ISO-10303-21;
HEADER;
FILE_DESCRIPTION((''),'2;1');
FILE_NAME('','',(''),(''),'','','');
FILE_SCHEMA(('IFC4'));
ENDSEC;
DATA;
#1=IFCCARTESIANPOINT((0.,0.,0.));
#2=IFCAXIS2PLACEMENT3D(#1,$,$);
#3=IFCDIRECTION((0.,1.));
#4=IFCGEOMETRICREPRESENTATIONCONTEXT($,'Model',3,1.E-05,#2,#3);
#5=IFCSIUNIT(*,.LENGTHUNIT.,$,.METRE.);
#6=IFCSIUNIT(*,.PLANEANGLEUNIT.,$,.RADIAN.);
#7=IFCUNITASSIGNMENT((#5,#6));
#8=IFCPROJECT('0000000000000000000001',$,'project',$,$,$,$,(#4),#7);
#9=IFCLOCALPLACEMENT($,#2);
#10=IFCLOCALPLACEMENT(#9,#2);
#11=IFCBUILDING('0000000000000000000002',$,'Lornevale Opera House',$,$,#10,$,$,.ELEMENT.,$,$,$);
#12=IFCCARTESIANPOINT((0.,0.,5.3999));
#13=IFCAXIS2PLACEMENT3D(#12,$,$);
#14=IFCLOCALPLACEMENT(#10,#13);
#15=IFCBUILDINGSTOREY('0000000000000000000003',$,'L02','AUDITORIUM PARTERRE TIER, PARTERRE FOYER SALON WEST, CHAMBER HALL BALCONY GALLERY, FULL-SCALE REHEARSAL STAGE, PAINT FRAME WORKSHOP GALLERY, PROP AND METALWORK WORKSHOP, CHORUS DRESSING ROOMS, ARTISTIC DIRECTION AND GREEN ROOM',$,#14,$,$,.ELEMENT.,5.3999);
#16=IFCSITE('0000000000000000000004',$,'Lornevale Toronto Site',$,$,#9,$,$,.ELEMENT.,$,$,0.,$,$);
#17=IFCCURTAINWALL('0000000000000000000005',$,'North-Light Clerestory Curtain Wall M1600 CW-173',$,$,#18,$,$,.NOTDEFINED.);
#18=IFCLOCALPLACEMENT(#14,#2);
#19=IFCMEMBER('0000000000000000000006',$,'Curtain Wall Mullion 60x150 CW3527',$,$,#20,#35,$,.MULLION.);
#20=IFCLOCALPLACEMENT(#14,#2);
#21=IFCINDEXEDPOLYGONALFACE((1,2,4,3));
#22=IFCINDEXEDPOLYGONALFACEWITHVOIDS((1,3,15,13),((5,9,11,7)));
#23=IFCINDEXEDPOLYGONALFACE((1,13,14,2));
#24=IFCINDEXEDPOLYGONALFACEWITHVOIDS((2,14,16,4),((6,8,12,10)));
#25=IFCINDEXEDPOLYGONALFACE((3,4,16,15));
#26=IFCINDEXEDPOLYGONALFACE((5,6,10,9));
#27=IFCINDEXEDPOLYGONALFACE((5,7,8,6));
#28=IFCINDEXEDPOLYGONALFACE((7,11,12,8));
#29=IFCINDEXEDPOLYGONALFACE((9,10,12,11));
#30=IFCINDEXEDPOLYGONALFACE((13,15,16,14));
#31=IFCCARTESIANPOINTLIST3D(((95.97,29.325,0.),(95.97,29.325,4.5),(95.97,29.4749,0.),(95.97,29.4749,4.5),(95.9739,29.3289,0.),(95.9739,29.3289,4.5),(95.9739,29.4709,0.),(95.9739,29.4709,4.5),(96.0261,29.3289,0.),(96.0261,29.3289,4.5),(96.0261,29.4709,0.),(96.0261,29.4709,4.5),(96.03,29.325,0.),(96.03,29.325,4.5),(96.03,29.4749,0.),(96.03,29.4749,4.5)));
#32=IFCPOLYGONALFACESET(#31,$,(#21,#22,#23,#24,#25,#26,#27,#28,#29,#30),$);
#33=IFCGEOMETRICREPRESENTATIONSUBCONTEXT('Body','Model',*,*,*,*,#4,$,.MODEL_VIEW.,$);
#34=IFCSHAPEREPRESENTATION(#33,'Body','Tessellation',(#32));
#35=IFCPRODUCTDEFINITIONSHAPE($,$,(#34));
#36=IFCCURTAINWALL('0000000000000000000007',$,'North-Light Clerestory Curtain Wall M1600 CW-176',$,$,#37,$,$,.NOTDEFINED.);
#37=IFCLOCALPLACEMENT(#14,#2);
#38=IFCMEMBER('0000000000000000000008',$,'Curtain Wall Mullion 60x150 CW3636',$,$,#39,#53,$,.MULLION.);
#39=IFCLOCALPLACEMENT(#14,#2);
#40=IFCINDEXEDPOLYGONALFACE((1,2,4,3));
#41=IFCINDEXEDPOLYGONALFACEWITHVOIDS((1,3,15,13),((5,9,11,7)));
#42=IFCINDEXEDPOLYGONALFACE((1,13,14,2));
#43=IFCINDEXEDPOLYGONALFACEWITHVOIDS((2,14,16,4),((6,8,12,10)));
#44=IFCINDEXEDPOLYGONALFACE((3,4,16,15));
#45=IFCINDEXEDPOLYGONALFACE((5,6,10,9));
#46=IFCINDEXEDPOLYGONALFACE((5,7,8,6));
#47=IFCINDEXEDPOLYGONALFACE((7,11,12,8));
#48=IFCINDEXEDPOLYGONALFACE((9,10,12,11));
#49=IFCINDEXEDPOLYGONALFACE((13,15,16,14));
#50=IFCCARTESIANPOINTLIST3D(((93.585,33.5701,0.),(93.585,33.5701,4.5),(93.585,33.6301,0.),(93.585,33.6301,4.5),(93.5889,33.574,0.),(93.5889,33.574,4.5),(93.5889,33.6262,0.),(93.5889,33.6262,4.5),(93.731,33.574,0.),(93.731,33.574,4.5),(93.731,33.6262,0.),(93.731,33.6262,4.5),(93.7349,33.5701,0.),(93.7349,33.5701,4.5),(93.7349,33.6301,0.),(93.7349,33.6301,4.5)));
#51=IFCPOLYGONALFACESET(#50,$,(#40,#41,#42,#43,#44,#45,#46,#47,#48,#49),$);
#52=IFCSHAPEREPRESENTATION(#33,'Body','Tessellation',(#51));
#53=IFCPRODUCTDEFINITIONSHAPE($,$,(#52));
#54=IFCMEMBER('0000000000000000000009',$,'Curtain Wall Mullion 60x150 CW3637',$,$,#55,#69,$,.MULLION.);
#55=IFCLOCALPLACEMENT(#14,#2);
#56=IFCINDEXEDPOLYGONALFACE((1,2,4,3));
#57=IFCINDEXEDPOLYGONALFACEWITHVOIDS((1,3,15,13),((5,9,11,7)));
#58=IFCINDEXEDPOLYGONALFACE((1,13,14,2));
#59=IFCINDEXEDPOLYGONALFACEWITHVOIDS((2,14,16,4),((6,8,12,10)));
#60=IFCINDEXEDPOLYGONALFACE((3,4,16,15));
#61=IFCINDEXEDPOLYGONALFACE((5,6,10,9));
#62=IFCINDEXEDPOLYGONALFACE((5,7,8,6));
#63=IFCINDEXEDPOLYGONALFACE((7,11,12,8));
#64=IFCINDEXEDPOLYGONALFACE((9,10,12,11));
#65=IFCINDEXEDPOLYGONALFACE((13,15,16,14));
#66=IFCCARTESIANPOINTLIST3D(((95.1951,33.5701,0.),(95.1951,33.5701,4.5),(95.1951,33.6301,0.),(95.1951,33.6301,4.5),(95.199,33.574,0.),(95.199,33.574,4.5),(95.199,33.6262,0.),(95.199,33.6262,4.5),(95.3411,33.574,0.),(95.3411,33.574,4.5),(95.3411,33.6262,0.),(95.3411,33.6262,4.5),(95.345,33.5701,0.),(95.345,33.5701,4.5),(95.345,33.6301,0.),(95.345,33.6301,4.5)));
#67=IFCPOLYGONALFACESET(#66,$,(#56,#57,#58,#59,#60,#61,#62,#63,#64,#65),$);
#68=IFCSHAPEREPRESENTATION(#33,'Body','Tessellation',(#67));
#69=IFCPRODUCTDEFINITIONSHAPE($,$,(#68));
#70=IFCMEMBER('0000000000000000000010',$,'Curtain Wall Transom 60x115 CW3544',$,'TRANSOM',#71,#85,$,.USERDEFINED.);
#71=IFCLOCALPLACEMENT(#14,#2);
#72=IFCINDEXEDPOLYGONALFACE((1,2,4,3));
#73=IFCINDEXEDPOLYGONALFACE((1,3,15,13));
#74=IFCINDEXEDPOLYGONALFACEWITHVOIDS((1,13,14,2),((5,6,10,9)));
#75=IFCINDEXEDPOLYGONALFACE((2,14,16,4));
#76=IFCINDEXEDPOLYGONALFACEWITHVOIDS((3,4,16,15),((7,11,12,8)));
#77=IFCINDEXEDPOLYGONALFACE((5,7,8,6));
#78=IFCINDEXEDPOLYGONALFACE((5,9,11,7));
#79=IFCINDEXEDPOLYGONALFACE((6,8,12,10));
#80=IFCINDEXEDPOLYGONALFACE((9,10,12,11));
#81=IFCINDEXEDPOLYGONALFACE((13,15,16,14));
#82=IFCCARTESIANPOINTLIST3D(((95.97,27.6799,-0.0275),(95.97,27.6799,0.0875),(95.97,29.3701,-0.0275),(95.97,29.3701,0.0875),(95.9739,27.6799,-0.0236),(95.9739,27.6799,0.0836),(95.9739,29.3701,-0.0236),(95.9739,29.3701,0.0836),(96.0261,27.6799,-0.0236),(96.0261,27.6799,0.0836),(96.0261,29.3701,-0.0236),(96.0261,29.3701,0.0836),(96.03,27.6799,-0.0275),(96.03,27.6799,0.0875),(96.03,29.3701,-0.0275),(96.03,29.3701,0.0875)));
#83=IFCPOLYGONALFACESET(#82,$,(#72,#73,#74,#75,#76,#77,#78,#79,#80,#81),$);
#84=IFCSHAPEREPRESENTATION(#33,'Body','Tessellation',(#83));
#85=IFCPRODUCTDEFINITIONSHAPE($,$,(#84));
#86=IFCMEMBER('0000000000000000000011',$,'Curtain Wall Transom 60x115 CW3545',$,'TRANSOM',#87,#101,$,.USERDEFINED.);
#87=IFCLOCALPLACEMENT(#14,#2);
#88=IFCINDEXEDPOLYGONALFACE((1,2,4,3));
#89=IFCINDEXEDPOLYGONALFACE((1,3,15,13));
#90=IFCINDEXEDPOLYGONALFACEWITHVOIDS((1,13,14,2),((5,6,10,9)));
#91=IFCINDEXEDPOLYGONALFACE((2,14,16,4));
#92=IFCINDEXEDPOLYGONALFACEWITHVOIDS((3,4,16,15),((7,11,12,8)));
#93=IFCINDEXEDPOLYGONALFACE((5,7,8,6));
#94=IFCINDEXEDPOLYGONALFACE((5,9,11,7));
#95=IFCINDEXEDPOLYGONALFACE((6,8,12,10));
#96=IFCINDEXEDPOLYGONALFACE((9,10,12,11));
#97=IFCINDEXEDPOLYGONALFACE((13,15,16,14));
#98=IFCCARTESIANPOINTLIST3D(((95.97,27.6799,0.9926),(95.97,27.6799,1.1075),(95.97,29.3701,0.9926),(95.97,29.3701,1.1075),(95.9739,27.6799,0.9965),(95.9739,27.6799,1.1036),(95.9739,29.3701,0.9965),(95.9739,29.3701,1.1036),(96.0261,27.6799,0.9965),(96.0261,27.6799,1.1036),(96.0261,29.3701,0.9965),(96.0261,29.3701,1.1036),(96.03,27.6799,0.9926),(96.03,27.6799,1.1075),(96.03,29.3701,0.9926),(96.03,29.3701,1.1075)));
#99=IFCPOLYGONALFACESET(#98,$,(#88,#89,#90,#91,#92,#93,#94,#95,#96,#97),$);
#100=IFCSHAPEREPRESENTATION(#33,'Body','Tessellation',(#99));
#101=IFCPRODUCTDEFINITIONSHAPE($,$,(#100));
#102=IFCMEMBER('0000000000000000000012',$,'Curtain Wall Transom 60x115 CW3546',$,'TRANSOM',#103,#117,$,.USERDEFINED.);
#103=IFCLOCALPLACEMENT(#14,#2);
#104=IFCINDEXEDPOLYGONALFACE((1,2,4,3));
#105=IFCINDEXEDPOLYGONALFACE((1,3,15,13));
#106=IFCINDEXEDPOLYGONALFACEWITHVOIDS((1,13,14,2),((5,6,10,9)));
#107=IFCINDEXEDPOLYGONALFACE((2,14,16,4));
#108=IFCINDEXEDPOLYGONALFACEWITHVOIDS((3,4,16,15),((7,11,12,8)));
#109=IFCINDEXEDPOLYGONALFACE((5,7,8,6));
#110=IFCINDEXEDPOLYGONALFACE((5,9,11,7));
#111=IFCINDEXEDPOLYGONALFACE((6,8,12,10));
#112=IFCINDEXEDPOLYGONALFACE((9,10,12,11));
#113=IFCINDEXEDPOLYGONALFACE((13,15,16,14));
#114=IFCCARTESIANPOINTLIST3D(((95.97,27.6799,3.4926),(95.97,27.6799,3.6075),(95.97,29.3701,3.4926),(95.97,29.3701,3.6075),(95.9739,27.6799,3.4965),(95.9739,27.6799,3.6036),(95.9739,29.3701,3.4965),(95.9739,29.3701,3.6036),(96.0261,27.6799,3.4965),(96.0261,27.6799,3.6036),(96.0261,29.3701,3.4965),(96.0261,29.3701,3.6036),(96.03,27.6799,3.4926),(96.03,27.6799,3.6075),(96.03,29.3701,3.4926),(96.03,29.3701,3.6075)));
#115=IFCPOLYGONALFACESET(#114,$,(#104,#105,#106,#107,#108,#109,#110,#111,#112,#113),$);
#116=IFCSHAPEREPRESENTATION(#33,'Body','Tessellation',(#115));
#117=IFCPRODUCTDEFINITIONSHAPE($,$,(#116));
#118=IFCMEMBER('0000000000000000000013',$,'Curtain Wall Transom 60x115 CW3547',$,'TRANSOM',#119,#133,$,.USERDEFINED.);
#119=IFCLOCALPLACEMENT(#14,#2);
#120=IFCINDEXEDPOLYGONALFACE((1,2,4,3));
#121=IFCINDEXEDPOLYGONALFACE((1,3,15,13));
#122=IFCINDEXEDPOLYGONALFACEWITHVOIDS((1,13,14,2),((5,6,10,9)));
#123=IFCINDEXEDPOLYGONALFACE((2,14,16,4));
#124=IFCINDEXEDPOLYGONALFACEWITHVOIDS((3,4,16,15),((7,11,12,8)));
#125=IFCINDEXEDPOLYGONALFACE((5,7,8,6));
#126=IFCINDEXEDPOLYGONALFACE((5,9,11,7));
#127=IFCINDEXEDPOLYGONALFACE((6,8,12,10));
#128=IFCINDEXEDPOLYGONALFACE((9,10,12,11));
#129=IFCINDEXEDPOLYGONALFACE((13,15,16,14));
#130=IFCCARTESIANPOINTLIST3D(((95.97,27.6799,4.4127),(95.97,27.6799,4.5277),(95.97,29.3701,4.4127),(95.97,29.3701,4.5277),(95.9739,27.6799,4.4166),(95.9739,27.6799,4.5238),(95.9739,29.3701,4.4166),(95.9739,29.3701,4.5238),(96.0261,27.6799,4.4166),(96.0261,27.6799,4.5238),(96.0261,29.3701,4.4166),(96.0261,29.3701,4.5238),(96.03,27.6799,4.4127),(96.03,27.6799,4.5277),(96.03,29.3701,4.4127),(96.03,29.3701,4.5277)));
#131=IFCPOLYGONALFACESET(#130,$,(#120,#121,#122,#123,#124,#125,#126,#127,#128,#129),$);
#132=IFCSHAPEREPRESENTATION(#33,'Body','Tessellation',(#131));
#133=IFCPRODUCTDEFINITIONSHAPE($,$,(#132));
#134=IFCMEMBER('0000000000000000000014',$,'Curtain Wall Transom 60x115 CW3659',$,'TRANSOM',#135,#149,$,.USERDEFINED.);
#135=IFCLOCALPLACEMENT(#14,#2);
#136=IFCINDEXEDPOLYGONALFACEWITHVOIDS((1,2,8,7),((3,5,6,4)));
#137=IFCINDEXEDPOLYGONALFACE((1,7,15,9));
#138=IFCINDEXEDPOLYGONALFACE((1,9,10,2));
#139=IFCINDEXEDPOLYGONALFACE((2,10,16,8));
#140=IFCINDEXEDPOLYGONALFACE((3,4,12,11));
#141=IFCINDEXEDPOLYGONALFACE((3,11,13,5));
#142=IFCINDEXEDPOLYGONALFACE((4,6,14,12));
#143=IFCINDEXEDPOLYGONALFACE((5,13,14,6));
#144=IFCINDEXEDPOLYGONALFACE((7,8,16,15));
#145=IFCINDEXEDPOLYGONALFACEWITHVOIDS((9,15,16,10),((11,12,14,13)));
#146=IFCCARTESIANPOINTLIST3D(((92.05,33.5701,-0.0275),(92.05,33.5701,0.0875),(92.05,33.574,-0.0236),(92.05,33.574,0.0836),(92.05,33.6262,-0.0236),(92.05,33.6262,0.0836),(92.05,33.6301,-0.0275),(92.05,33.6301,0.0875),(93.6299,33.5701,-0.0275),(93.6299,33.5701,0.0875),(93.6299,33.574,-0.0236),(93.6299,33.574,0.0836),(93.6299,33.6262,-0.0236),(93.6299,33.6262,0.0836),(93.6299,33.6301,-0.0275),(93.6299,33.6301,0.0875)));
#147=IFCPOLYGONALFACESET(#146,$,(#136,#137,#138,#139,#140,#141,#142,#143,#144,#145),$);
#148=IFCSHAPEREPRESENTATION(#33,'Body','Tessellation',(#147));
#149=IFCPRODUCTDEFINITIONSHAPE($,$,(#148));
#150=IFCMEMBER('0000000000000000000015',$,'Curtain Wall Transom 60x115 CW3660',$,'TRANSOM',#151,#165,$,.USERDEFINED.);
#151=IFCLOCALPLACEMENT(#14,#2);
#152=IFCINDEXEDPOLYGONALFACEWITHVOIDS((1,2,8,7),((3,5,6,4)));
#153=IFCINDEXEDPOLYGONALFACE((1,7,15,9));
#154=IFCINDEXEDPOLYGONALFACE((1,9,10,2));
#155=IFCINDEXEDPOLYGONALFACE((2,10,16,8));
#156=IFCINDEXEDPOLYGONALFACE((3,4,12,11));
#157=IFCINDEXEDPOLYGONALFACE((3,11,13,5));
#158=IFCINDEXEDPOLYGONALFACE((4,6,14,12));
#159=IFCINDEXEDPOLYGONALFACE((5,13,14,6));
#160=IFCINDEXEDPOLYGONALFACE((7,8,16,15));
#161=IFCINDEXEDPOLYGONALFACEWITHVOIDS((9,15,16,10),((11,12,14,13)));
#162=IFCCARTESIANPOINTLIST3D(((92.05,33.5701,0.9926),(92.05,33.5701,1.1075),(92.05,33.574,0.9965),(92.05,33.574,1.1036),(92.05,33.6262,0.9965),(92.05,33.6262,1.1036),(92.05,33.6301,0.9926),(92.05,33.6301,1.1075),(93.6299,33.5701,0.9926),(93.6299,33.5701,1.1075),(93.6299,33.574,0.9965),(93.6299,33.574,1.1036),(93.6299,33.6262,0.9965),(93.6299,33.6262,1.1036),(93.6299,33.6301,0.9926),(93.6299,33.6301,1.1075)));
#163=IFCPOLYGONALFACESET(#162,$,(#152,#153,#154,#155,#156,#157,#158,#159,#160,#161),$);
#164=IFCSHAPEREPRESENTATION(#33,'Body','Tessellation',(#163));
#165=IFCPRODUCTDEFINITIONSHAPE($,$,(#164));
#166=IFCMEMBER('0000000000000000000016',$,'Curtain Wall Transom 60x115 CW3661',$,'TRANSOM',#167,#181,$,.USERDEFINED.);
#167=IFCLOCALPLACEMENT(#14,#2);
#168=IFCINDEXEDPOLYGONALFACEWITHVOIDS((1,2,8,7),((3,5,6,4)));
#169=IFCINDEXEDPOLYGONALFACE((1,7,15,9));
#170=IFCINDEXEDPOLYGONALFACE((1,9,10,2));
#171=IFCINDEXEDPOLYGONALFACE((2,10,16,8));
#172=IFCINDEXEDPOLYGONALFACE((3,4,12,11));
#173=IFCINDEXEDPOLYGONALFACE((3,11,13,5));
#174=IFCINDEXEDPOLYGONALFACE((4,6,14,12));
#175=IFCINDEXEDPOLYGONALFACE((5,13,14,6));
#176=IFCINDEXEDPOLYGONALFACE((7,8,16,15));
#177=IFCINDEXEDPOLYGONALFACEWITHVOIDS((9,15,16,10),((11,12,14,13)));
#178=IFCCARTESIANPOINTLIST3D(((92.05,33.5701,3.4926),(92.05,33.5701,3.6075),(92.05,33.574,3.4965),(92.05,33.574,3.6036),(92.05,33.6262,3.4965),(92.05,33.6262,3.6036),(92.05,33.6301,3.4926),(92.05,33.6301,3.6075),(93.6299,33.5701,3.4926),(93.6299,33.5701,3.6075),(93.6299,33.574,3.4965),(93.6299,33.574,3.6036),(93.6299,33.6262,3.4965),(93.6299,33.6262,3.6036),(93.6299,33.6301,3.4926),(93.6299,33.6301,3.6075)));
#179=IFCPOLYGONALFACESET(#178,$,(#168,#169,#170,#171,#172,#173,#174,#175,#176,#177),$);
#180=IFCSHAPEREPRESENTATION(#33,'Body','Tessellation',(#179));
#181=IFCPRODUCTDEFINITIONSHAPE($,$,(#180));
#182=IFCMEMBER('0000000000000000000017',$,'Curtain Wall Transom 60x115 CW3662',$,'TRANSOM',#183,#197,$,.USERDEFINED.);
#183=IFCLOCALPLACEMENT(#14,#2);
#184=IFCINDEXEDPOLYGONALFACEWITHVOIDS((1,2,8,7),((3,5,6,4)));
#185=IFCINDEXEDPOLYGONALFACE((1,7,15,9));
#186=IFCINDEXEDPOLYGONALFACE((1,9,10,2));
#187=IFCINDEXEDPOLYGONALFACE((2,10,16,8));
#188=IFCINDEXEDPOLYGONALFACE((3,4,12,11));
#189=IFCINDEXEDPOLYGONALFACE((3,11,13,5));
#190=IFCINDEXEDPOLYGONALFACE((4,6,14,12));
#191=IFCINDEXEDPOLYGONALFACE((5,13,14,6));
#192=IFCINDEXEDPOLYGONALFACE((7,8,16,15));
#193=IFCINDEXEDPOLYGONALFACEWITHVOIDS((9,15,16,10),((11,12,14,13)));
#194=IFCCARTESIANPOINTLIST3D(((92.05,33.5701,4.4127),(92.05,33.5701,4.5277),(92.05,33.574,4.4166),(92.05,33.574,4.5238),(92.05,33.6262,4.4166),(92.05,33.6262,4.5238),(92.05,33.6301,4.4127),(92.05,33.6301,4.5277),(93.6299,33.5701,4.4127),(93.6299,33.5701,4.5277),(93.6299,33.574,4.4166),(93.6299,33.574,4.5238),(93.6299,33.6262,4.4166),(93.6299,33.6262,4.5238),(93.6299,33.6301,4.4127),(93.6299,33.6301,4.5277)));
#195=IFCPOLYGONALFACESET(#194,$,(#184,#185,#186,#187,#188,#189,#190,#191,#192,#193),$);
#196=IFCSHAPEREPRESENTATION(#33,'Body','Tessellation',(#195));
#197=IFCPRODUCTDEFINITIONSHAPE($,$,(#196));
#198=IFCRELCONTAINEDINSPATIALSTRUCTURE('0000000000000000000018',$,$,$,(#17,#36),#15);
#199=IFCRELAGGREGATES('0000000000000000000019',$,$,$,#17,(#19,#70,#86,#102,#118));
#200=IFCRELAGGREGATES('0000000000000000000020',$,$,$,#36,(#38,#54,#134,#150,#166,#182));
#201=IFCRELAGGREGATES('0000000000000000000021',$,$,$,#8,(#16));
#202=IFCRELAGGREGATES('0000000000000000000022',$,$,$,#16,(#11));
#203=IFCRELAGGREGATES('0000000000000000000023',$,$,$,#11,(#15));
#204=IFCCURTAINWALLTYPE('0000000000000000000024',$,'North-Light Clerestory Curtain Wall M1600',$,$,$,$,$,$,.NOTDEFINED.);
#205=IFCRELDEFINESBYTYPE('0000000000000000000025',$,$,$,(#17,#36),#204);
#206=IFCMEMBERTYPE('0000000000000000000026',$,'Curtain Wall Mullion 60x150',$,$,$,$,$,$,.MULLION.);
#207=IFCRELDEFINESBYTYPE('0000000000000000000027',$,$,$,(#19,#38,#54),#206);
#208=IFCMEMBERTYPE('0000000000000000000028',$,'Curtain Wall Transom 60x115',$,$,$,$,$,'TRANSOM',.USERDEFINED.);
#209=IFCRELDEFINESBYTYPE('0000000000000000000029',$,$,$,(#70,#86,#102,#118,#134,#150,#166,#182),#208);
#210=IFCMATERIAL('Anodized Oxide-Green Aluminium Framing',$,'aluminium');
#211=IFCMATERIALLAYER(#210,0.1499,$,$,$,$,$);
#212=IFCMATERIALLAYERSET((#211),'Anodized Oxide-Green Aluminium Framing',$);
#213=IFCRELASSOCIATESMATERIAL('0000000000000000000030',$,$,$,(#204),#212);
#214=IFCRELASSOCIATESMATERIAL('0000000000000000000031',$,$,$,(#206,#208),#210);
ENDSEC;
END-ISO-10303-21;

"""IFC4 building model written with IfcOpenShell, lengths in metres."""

from ifc_helpers import new_model, si_unit, direction, frame, origin, origin_2d, place, context, subcontext, project, spatial, hollow_rectangle, extrude, material, layer, layer_set, material_profile, profile_set, type_object, element, aggregate, save


model = new_model("IFC4")

# Units and contexts
model_context = context("Model", 3, precision=1e-05, world=origin(), true_north=direction((0.0, 1.0)))
body_context = subcontext(model_context, "Body", "Model", "MODEL_VIEW")
ifc_project = project(units=[si_unit("LENGTHUNIT", "METRE"), si_unit("PLANEANGLEUNIT", "RADIAN")], contexts=[model_context])

# Site, building, storey
site_placement = place(None, origin())
site = spatial("IfcSite", under=ifc_project, at=site_placement, Name="Lornevale Toronto Site", CompositionType="ELEMENT", RefElevation=0.0)
building_placement = place(site_placement, origin())
building = spatial("IfcBuilding", under=site, at=building_placement, Name="Lornevale Opera House", CompositionType="ELEMENT")
storey_placement = place(building_placement, frame((0.0, 0.0, 5.3999)))
storey = spatial("IfcBuildingStorey", under=building, at=storey_placement, Name="L02", Description="AUDITORIUM PARTERRE TIER, PARTERRE FOYER SALON WEST, CHAMBER HALL BALCONY GALLERY, FULL-SCALE REHEARSAL STAGE, PAINT FRAME WORKSHOP GALLERY, PROP AND METALWORK WORKSHOP, CHORUS DRESSING ROOMS, ARTISTIC DIRECTION AND GREEN ROOM", CompositionType="ELEMENT", Elevation=5.3999)

# Curtain wall, member
ifc_material_1 = material(Name="Anodized Oxide-Green Aluminium Framing", Category="aluminium")
ifc_layer_1 = layer(ifc_material_1, 0.1499)
ifc_layer_set_1 = layer_set([ifc_layer_1], Name="Anodized Oxide-Green Aluminium Framing")
curtain_wall_type = type_object("IfcCurtainWallType", Name="North-Light Clerestory Curtain Wall M1600", PredefinedType="NOTDEFINED", material=ifc_layer_set_1)
curtain_wall_1_placement = place(storey_placement, origin())
curtain_wall_1 = element("IfcCurtainWall", 1, at=curtain_wall_1_placement, inside=storey, type_object=curtain_wall_type, Name="North-Light Clerestory Curtain Wall M1600 CW-173", PredefinedType="NOTDEFINED")
ifc_material_profile_1 = material_profile(ifc_material_1, hollow_rectangle(XDim=0.0601, YDim=0.1499, WallThickness=0.0039, at=origin_2d()), Name="ALU60x150x4")
ifc_profile_set_1 = profile_set([ifc_material_profile_1], Name="Anodized Oxide-Green Aluminium Framing")
member_type_1 = type_object("IfcMemberType", Name="Curtain Wall Mullion 60x150", PredefinedType="MULLION", material=ifc_profile_set_1)
member_1_placement = place(storey_placement, frame((96.0, 29.3999, 0.0), z_axis=(0.0, 0.0, 1.0), x_axis=(1.0, 0.0, 0.0)))
member_1 = element("IfcMember", 2, at=member_1_placement, type_object=member_type_1, Name="Curtain Wall Mullion 60x150 CW3527", PredefinedType="MULLION", context=body_context, shape_type="SweptSolid", body=[
    extrude(hollow_rectangle(XDim=0.0601, YDim=0.1499, WallThickness=0.0039, at=origin_2d()), origin(), (0.0, 0.0, 1.0), 4.5),
])

# Curtain wall, members
curtain_wall_2_placement = place(storey_placement, origin())
curtain_wall_2 = element("IfcCurtainWall", 3, at=curtain_wall_2_placement, inside=storey, type_object=curtain_wall_type, Name="North-Light Clerestory Curtain Wall M1600 CW-176", PredefinedType="NOTDEFINED")
member_2_placement = place(storey_placement, frame((93.6599, 33.6001, 0.0), z_axis=(0.0, 0.0, 1.0), x_axis=(0.0, 1.0, 0.0)))
member_2 = element("IfcMember", 4, at=member_2_placement, type_object=member_type_1, Name="Curtain Wall Mullion 60x150 CW3636", PredefinedType="MULLION", context=body_context, shape_type="SweptSolid", body=[
    extrude(hollow_rectangle(XDim=0.0601, YDim=0.1499, WallThickness=0.0039, at=origin_2d()), origin(), (0.0, 0.0, 1.0), 4.5),
])
member_3_placement = place(storey_placement, frame((95.27, 33.6001, 0.0), z_axis=(0.0, 0.0, 1.0), x_axis=(0.0, 1.0, 0.0)))
member_3 = element("IfcMember", 5, at=member_3_placement, type_object=member_type_1, Name="Curtain Wall Mullion 60x150 CW3637", PredefinedType="MULLION", context=body_context, shape_type="SweptSolid", body=[
    extrude(hollow_rectangle(XDim=0.0601, YDim=0.1499, WallThickness=0.0039, at=origin_2d()), origin(), (0.0, 0.0, 1.0), 4.5),
])

# Members
ifc_material_profile_2 = material_profile(ifc_material_1, hollow_rectangle(XDim=0.0601, YDim=0.115, WallThickness=0.0039, at=origin_2d()), Name="ALU60x115x4")
ifc_profile_set_2 = profile_set([ifc_material_profile_2], Name="Anodized Oxide-Green Aluminium Framing")
member_type_2 = type_object("IfcMemberType", Name="Curtain Wall Transom 60x115", ElementType="TRANSOM", PredefinedType="USERDEFINED", material=ifc_profile_set_2)
member_4_placement = place(storey_placement, frame((96.0, 29.3701, 0.03), z_axis=(0.0, -1.0, 0.0), x_axis=(1.0, 0.0, 0.0)))
member_4 = element("IfcMember", 6, at=member_4_placement, type_object=member_type_2, Name="Curtain Wall Transom 60x115 CW3544", ObjectType="TRANSOM", PredefinedType="USERDEFINED", context=body_context, shape_type="SweptSolid", body=[
    extrude(hollow_rectangle(XDim=0.0601, YDim=0.115, WallThickness=0.0039, at=origin_2d()), origin(), (0.0, 0.0, 1.0), 1.6902),
])
member_5_placement = place(storey_placement, frame((96.0, 29.3701, 1.05), z_axis=(0.0, -1.0, 0.0), x_axis=(1.0, 0.0, 0.0)))
member_5 = element("IfcMember", 7, at=member_5_placement, type_object=member_type_2, Name="Curtain Wall Transom 60x115 CW3545", ObjectType="TRANSOM", PredefinedType="USERDEFINED", context=body_context, shape_type="SweptSolid", body=[
    extrude(hollow_rectangle(XDim=0.0601, YDim=0.115, WallThickness=0.0039, at=origin_2d()), origin(), (0.0, 0.0, 1.0), 1.6902),
])
member_6_placement = place(storey_placement, frame((96.0, 29.3701, 3.55), z_axis=(0.0, -1.0, 0.0), x_axis=(1.0, 0.0, 0.0)))
member_6 = element("IfcMember", 8, at=member_6_placement, type_object=member_type_2, Name="Curtain Wall Transom 60x115 CW3546", ObjectType="TRANSOM", PredefinedType="USERDEFINED", context=body_context, shape_type="SweptSolid", body=[
    extrude(hollow_rectangle(XDim=0.0601, YDim=0.115, WallThickness=0.0039, at=origin_2d()), origin(), (0.0, 0.0, 1.0), 1.6902),
])
member_7_placement = place(storey_placement, frame((96.0, 29.3701, 4.4702), z_axis=(0.0, -1.0, 0.0), x_axis=(1.0, 0.0, 0.0)))
member_7 = element("IfcMember", 9, at=member_7_placement, type_object=member_type_2, Name="Curtain Wall Transom 60x115 CW3547", ObjectType="TRANSOM", PredefinedType="USERDEFINED", context=body_context, shape_type="SweptSolid", body=[
    extrude(hollow_rectangle(XDim=0.0601, YDim=0.115, WallThickness=0.0039, at=origin_2d()), origin(), (0.0, 0.0, 1.0), 1.6902),
])
aggregate(curtain_wall_1, [member_1, member_4, member_5, member_6, member_7])
member_8_placement = place(storey_placement, frame((92.05, 33.6001, 0.03), z_axis=(1.0, 0.0, 0.0), x_axis=(0.0, 1.0, 0.0)))
member_8 = element("IfcMember", 10, at=member_8_placement, type_object=member_type_2, Name="Curtain Wall Transom 60x115 CW3659", ObjectType="TRANSOM", PredefinedType="USERDEFINED", context=body_context, shape_type="SweptSolid", body=[
    extrude(hollow_rectangle(XDim=0.0601, YDim=0.115, WallThickness=0.0039, at=origin_2d()), origin(), (0.0, 0.0, 1.0), 1.5798),
])
member_9_placement = place(storey_placement, frame((92.05, 33.6001, 1.05), z_axis=(1.0, 0.0, 0.0), x_axis=(0.0, 1.0, 0.0)))
member_9 = element("IfcMember", 11, at=member_9_placement, type_object=member_type_2, Name="Curtain Wall Transom 60x115 CW3660", ObjectType="TRANSOM", PredefinedType="USERDEFINED", context=body_context, shape_type="SweptSolid", body=[
    extrude(hollow_rectangle(XDim=0.0601, YDim=0.115, WallThickness=0.0039, at=origin_2d()), origin(), (0.0, 0.0, 1.0), 1.5798),
])
member_10_placement = place(storey_placement, frame((92.05, 33.6001, 3.55), z_axis=(1.0, 0.0, 0.0), x_axis=(0.0, 1.0, 0.0)))
member_10 = element("IfcMember", 12, at=member_10_placement, type_object=member_type_2, Name="Curtain Wall Transom 60x115 CW3661", ObjectType="TRANSOM", PredefinedType="USERDEFINED", context=body_context, shape_type="SweptSolid", body=[
    extrude(hollow_rectangle(XDim=0.0601, YDim=0.115, WallThickness=0.0039, at=origin_2d()), origin(), (0.0, 0.0, 1.0), 1.5798),
])
member_11_placement = place(storey_placement, frame((92.05, 33.6001, 4.4702), z_axis=(1.0, 0.0, 0.0), x_axis=(0.0, 1.0, 0.0)))
member_11 = element("IfcMember", 13, at=member_11_placement, type_object=member_type_2, Name="Curtain Wall Transom 60x115 CW3662", ObjectType="TRANSOM", PredefinedType="USERDEFINED", context=body_context, shape_type="SweptSolid", body=[
    extrude(hollow_rectangle(XDim=0.0601, YDim=0.115, WallThickness=0.0039, at=origin_2d()), origin(), (0.0, 0.0, 1.0), 1.5798),
])

aggregate(curtain_wall_2, [member_2, member_3, member_8, member_9, member_10, member_11])

save(model, "model.ifc")
